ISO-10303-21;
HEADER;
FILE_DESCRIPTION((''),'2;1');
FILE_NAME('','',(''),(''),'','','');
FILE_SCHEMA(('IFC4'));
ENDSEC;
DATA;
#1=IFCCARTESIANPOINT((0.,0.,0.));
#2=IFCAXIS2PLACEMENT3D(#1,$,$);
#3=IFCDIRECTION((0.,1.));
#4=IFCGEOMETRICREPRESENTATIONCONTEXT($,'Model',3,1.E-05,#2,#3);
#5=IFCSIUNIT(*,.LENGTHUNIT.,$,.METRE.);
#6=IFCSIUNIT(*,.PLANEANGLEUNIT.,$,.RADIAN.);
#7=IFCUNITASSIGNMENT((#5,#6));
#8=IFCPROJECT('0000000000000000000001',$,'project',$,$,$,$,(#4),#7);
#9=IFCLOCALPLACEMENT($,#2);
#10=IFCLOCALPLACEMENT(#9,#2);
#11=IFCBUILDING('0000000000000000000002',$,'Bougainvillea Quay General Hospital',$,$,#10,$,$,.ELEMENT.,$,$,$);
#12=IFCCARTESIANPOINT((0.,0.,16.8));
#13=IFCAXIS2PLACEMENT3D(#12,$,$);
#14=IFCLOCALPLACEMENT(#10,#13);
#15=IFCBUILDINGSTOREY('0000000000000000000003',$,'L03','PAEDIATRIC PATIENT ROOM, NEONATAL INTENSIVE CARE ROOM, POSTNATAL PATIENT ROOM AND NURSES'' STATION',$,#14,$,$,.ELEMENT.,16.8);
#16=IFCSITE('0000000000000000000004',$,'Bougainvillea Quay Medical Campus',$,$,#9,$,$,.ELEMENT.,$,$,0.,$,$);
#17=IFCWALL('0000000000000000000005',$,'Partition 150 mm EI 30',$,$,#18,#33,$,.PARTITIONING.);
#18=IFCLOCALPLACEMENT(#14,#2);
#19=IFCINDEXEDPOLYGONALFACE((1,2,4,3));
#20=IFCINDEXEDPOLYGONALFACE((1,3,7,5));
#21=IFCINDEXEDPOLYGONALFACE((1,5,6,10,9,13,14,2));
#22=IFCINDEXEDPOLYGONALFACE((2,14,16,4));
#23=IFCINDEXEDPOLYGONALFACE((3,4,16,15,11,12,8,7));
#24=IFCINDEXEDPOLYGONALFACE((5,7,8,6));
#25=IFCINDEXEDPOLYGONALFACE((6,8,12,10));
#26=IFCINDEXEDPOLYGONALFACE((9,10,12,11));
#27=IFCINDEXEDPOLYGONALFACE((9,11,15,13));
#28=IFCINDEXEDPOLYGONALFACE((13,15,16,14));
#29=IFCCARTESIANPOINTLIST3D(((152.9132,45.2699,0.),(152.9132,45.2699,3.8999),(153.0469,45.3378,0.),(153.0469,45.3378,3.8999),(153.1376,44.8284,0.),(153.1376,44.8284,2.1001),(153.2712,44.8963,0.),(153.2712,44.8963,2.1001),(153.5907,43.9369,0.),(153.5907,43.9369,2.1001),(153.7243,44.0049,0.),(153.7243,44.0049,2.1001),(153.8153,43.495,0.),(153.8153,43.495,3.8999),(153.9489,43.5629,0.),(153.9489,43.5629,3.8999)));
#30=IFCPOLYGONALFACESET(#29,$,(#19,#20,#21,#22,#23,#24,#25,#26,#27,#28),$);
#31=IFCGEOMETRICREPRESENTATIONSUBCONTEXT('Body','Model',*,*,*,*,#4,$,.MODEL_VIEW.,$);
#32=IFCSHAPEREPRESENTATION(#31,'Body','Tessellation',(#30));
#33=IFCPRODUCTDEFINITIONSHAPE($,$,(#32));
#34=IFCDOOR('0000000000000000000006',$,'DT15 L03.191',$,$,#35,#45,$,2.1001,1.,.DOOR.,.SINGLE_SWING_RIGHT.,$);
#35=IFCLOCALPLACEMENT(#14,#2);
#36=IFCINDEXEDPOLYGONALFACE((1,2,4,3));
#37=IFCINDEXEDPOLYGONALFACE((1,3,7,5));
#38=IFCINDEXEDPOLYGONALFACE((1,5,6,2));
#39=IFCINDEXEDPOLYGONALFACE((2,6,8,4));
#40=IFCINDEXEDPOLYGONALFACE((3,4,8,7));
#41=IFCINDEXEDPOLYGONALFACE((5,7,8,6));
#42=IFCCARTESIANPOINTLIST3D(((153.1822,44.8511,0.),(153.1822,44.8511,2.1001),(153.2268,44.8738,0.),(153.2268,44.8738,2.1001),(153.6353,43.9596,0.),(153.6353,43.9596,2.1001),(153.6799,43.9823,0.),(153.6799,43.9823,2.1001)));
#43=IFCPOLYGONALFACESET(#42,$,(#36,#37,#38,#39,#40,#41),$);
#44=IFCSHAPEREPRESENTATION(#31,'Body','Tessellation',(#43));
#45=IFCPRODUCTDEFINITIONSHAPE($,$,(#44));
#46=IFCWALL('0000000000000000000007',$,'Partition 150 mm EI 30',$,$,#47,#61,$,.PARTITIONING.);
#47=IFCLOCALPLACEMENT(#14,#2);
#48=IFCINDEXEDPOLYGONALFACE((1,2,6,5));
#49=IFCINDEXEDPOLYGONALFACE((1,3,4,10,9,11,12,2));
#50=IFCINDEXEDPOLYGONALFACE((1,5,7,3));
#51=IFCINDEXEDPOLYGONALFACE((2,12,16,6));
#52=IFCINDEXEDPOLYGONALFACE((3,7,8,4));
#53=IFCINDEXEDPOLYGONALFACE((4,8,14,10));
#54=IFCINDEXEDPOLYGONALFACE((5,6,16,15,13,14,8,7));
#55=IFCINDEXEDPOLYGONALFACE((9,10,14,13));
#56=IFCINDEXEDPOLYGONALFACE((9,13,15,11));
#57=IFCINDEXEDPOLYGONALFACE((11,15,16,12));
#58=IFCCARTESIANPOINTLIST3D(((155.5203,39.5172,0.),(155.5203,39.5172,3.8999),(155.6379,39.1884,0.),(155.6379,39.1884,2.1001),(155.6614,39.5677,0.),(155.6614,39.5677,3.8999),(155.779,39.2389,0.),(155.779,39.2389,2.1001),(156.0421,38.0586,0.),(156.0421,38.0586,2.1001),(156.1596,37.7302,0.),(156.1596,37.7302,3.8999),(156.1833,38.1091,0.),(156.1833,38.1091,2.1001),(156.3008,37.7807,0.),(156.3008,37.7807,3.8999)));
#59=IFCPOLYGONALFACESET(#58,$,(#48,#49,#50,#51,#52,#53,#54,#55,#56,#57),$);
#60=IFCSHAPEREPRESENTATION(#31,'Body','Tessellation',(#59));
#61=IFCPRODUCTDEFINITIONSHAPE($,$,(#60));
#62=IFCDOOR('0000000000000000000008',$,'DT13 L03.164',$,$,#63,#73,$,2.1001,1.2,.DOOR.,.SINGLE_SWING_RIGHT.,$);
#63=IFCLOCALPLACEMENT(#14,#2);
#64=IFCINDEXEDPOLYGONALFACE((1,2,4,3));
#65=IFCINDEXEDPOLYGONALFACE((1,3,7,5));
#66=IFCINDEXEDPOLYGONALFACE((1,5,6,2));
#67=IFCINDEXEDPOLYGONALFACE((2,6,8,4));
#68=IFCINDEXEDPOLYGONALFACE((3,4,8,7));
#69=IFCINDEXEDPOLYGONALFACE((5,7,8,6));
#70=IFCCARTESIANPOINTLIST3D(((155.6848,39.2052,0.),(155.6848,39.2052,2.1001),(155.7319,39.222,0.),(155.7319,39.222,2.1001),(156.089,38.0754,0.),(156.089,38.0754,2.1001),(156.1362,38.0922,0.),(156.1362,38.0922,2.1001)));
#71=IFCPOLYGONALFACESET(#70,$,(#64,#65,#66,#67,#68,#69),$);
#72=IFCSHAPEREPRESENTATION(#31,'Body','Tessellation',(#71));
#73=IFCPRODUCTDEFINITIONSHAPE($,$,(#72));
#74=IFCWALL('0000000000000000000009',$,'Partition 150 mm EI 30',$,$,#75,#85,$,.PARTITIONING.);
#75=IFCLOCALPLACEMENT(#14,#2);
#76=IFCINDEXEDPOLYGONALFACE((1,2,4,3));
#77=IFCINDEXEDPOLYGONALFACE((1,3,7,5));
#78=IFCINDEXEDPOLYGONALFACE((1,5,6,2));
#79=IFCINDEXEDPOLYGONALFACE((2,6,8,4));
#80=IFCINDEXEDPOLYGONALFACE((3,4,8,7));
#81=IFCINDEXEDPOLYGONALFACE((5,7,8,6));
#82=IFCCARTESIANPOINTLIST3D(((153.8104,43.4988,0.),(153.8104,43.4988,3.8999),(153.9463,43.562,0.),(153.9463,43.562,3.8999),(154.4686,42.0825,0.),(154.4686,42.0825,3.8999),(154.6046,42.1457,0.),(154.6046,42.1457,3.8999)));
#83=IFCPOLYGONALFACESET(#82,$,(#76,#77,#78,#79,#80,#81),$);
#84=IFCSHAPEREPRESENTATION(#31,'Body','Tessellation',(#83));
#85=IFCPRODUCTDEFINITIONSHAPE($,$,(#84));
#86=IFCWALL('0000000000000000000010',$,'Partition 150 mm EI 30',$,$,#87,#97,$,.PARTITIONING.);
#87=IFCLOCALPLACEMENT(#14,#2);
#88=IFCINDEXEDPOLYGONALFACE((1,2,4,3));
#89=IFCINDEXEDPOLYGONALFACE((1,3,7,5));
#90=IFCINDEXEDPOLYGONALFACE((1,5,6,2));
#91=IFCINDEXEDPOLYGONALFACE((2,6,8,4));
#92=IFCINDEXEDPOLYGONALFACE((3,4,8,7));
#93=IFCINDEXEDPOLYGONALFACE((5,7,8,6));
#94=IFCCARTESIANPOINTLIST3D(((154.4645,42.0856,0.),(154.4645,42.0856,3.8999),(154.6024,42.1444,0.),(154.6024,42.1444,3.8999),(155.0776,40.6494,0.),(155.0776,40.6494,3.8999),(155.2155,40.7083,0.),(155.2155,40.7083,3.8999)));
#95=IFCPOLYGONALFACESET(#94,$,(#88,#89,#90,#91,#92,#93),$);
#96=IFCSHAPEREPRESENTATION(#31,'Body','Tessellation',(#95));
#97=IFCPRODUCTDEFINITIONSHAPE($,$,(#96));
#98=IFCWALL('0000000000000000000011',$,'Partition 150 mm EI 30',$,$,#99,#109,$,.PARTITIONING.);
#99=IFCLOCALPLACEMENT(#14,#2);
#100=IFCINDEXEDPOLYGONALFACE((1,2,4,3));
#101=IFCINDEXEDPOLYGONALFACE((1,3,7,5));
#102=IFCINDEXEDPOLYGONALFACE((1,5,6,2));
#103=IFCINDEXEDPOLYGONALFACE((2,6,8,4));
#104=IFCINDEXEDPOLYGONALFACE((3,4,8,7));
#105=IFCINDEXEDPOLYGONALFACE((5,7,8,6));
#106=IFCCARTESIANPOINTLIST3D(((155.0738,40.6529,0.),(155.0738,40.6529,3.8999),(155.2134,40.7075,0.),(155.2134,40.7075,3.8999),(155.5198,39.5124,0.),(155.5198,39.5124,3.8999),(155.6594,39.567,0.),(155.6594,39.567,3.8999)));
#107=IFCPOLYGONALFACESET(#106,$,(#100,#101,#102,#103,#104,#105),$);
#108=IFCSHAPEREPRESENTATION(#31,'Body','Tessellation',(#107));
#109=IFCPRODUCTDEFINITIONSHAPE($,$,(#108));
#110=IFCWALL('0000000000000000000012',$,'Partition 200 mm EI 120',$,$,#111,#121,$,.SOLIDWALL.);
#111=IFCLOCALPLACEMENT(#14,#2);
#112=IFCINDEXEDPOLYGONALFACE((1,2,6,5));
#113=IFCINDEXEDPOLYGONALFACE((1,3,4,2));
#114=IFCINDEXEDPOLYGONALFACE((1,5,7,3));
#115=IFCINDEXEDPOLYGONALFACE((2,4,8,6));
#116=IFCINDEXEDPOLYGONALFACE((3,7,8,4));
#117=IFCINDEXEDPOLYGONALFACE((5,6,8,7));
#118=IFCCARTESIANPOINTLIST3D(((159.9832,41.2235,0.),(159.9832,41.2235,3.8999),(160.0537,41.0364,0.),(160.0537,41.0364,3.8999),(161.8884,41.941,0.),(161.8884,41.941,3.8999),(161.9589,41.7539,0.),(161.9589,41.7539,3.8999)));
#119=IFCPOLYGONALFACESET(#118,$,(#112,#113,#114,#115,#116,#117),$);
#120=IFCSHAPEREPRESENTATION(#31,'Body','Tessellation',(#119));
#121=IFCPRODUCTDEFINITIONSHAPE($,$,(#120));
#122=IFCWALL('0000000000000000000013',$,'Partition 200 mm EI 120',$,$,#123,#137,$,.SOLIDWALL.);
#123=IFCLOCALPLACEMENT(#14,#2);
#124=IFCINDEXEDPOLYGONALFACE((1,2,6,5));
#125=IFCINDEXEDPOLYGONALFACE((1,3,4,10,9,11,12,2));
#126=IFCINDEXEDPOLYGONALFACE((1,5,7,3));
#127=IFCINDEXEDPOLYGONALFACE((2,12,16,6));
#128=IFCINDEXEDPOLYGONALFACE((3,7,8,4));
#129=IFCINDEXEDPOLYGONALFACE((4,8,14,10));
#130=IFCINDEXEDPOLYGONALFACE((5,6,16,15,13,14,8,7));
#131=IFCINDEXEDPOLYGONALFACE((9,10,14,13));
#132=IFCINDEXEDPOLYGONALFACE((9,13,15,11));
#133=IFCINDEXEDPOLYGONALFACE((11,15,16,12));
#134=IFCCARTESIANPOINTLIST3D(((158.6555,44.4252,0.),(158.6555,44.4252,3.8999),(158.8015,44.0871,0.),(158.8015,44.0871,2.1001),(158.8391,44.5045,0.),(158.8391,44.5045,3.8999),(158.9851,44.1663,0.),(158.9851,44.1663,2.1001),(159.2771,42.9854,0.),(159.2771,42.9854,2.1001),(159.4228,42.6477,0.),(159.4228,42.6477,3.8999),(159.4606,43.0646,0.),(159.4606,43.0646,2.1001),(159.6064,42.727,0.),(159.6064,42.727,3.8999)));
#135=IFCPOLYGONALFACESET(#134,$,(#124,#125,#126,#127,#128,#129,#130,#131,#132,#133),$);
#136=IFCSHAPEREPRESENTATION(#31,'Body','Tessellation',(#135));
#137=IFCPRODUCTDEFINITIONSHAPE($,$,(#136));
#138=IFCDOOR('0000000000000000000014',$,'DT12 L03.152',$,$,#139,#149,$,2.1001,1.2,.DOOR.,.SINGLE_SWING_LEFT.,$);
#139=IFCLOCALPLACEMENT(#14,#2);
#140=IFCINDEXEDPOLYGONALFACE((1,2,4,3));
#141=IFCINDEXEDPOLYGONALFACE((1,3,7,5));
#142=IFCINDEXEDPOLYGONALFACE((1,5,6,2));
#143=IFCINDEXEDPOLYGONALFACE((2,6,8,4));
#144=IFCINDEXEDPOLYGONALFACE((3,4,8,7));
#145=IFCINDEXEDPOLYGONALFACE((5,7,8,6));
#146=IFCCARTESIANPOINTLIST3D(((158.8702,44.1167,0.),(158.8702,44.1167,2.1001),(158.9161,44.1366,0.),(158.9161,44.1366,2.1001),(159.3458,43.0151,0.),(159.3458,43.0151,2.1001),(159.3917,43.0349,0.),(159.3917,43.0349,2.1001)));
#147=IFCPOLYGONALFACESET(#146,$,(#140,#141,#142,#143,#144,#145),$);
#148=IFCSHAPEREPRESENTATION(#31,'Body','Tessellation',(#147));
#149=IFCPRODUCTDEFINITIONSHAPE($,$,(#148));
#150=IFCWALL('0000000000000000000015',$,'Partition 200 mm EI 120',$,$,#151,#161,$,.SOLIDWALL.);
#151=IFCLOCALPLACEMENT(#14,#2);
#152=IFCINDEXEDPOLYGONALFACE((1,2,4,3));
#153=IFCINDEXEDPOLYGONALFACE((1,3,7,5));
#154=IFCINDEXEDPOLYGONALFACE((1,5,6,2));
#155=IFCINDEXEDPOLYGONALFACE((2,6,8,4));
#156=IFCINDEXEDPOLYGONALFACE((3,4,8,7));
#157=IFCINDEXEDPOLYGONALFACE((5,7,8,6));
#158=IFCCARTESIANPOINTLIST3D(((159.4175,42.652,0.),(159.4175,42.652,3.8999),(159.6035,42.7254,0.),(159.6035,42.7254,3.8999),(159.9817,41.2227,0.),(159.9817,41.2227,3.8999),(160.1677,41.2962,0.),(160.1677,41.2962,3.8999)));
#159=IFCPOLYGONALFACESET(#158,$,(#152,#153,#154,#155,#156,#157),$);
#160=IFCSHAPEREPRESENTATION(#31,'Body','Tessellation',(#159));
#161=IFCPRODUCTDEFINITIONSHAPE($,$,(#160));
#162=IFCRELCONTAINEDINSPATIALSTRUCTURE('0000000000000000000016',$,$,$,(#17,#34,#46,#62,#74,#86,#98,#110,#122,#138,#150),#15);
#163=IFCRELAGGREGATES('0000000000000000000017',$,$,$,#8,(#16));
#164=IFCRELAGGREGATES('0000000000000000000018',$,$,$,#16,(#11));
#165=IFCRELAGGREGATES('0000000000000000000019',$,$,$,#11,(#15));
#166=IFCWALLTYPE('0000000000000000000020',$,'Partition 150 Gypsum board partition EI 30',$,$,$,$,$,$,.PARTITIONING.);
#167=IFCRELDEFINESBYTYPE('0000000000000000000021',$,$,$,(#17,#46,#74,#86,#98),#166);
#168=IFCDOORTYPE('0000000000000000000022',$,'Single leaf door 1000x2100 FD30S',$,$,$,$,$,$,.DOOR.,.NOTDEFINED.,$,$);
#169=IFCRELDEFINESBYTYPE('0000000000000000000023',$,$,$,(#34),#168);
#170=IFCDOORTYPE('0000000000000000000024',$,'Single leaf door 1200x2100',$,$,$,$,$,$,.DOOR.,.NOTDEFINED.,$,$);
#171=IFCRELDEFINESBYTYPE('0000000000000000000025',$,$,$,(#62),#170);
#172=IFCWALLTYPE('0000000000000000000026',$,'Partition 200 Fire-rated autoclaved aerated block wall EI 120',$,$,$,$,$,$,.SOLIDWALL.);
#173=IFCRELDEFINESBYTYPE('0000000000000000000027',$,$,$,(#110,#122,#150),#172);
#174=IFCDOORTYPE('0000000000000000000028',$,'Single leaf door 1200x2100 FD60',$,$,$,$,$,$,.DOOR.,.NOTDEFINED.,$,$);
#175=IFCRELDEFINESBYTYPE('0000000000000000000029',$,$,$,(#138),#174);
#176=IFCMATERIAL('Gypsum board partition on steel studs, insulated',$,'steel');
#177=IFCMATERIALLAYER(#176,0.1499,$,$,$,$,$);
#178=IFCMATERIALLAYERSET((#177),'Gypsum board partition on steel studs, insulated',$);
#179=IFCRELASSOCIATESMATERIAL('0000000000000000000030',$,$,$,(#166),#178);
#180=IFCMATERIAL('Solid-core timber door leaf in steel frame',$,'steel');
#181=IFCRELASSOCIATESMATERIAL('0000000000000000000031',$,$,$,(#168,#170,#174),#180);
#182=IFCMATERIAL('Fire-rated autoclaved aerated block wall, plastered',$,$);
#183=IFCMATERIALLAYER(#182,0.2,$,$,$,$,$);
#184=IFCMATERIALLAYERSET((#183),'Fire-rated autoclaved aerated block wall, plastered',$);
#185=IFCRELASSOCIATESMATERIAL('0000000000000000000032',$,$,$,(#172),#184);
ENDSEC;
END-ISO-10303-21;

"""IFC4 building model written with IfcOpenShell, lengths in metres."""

from ifc_helpers import new_model, si_unit, direction, frame, frame_2d, origin, place, context, subcontext, project, spatial, rectangle, extrude, material, layer, layer_set, type_object, element, fill, save


model = new_model("IFC4")

# Units and contexts
model_context = context("Model", 3, precision=1e-05, world=origin(), true_north=direction((0.0, 1.0)))
body_context = subcontext(model_context, "Body", "Model", "MODEL_VIEW")
ifc_project = project(units=[si_unit("LENGTHUNIT", "METRE"), si_unit("PLANEANGLEUNIT", "RADIAN")], contexts=[model_context])

# Site, building, storey
site_placement = place(None, origin())
site = spatial("IfcSite", under=ifc_project, at=site_placement, Name="Bougainvillea Quay Medical Campus", CompositionType="ELEMENT", RefElevation=0.0)
building_placement = place(site_placement, origin())
building = spatial("IfcBuilding", under=site, at=building_placement, Name="Bougainvillea Quay General Hospital", CompositionType="ELEMENT")
storey_placement = place(building_placement, frame((0.0, 0.0, 16.8)))
storey = spatial("IfcBuildingStorey", under=building, at=storey_placement, Name="L03", Description="PAEDIATRIC PATIENT ROOM, NEONATAL INTENSIVE CARE ROOM, POSTNATAL PATIENT ROOM AND NURSES' STATION", CompositionType="ELEMENT", Elevation=16.8)

# Shared definitions
ifc_material_1 = material(Name="Gypsum board partition on steel studs, insulated", Category="steel")
ifc_layer_1 = layer(ifc_material_1, 0.1499)
ifc_layer_set_1 = layer_set([ifc_layer_1], Name="Gypsum board partition on steel studs, insulated")
wall_type_1 = type_object("IfcWallType", Name="Partition 150 Gypsum board partition EI 30", PredefinedType="PARTITIONING", material=ifc_layer_set_1)
ifc_material_2 = material(Name="Solid-core timber door leaf in steel frame", Category="steel")
door_type_1 = type_object("IfcDoorType", Name="Single leaf door 1000x2100 FD30S", OperationType="NOTDEFINED", PredefinedType="DOOR", material=ifc_material_2)

# Walls, openings, doors
wall_1_placement = place(storey_placement, frame((152.98, 45.304, 0.0), z_axis=(0.0, 0.0, 1.0), x_axis=(0.45309, -0.891465, 0.0)))
wall_1 = element("IfcWall", 1, at=wall_1_placement, inside=storey, type_object=wall_type_1, Name="Partition 150 mm EI 30", PredefinedType="PARTITIONING", context=body_context, shape_type="SweptSolid", body=[
    extrude(rectangle(XDim=1.991, YDim=0.1499, at=frame_2d((0.9956, 0.0))), origin(), (0.0, 0.0, 1.0), 3.8999),
])
opening_1_placement = place(wall_1_placement, frame((0.4954, 0.0, 0.0)))
opening_1 = element("IfcOpeningElement", 2, at=opening_1_placement, cuts=wall_1, PredefinedType="OPENING", context=body_context, shape_type="SweptSolid", body=[
    extrude(rectangle(XDim=1.0, YDim=2.1001, at=frame_2d((0.5, 1.05))), frame((0.0, 0.085, 0.0), z_axis=(0.0, -1.0, 0.0), x_axis=(1.0, 0.0, 0.0)), (0.0, 0.0, 1.0), 0.1699),
])
door_1_placement = place(opening_1_placement, frame((1.0, 0.0, 0.0), z_axis=(0.0, 0.0, 1.0), x_axis=(-1.0, 0.0, 0.0)))
door_1 = element("IfcDoor", 3, at=door_1_placement, inside=storey, type_object=door_type_1, Name="DT15 L03.191", OperationType="SINGLE_SWING_RIGHT", OverallHeight=2.1001, OverallWidth=1.0, PredefinedType="DOOR", context=body_context, shape_type="SweptSolid", body=[
    extrude(rectangle(XDim=1.0, YDim=2.1001, at=frame_2d((0.5, 1.05))), frame((0.0, 0.0249, 0.0), z_axis=(0.0, -1.0, 0.0), x_axis=(1.0, 0.0, 0.0)), (0.0, 0.0, 1.0), 0.05),
])
fill(opening_1, door_1)
wall_2_placement = place(storey_placement, frame((155.5908, 39.5425, 0.0), z_axis=(0.0, 0.0, 1.0), x_axis=(0.336874, -0.94155, 0.0)))
wall_2 = element("IfcWall", 4, at=wall_2_placement, inside=storey, type_object=wall_type_1, Name="Partition 150 mm EI 30", PredefinedType="PARTITIONING", context=body_context, shape_type="SweptSolid", body=[
    extrude(rectangle(XDim=1.8979, YDim=0.1499, at=frame_2d((0.949, 0.0))), origin(), (0.0, 0.0, 1.0), 3.8999),
])
opening_2_placement = place(wall_2_placement, frame((0.3491, 0.0, 0.0)))
opening_2 = element("IfcOpeningElement", 5, at=opening_2_placement, cuts=wall_2, PredefinedType="OPENING", context=body_context, shape_type="SweptSolid", body=[
    extrude(rectangle(XDim=1.2, YDim=2.1001, at=frame_2d((0.6001, 1.05))), frame((0.0, 0.085, 0.0), z_axis=(0.0, -1.0, 0.0), x_axis=(1.0, 0.0, 0.0)), (0.0, 0.0, 1.0), 0.1699),
])
door_type_2 = type_object("IfcDoorType", Name="Single leaf door 1200x2100", OperationType="NOTDEFINED", PredefinedType="DOOR", material=ifc_material_2)
door_2_placement = place(opening_2_placement, origin())
door_2 = element("IfcDoor", 6, at=door_2_placement, inside=storey, type_object=door_type_2, Name="DT13 L03.164", OperationType="SINGLE_SWING_RIGHT", OverallHeight=2.1001, OverallWidth=1.2, PredefinedType="DOOR", context=body_context, shape_type="SweptSolid", body=[
    extrude(rectangle(XDim=1.2, YDim=2.1001, at=frame_2d((0.6001, 1.05))), frame((0.0, 0.0249, 0.0), z_axis=(0.0, -1.0, 0.0), x_axis=(1.0, 0.0, 0.0)), (0.0, 0.0, 1.0), 0.05),
])
fill(opening_2, door_2)

# Walls
wall_3_placement = place(storey_placement, frame((153.8784, 43.5303, 0.0), z_axis=(0.0, 0.0, 1.0), x_axis=(0.421456, -0.906849, 0.0)))
element("IfcWall", 7, at=wall_3_placement, inside=storey, type_object=wall_type_1, Name="Partition 150 mm EI 30", PredefinedType="PARTITIONING", context=body_context, shape_type="SweptSolid", body=[
    extrude(rectangle(XDim=1.5618, YDim=0.1499, at=frame_2d((0.7808, 0.0))), origin(), (0.0, 0.0, 1.0), 3.8999),
])
wall_4_placement = place(storey_placement, frame((154.5334, 42.115, 0.0), z_axis=(0.0, 0.0, 1.0), x_axis=(0.392617, -0.919702, 0.0)))
element("IfcWall", 8, at=wall_4_placement, inside=storey, type_object=wall_type_1, Name="Partition 150 mm EI 30", PredefinedType="PARTITIONING", context=body_context, shape_type="SweptSolid", body=[
    extrude(rectangle(XDim=1.5615, YDim=0.1499, at=frame_2d((0.7808, 0.0))), origin(), (0.0, 0.0, 1.0), 3.8999),
])
wall_5_placement = place(storey_placement, frame((155.1436, 40.6802, 0.0), z_axis=(0.0, 0.0, 1.0), x_axis=(0.364264, -0.931296, 0.0)))
element("IfcWall", 9, at=wall_5_placement, inside=storey, type_object=wall_type_1, Name="Partition 150 mm EI 30", PredefinedType="PARTITIONING", context=body_context, shape_type="SweptSolid", body=[
    extrude(rectangle(XDim=1.2246, YDim=0.1499, at=frame_2d((0.6123, 0.0))), origin(), (0.0, 0.0, 1.0), 3.8999),
])
ifc_material_3 = material(Name="Fire-rated autoclaved aerated block wall, plastered")
ifc_layer_2 = layer(ifc_material_3, 0.2)
ifc_layer_set_2 = layer_set([ifc_layer_2], Name="Fire-rated autoclaved aerated block wall, plastered")
wall_type_2 = type_object("IfcWallType", Name="Partition 200 Fire-rated autoclaved aerated block wall EI 120", PredefinedType="SOLIDWALL", material=ifc_layer_set_2)
wall_6_placement = place(storey_placement, frame((160.0183, 41.1299, 0.0), z_axis=(0.0, 0.0, 1.0), x_axis=(0.935835, 0.352437, 0.0)))
element("IfcWall", 10, at=wall_6_placement, inside=storey, type_object=wall_type_2, Name="Partition 200 mm EI 120", PredefinedType="SOLIDWALL", context=body_context, shape_type="SweptSolid", body=[
    extrude(rectangle(XDim=2.0359, YDim=0.2, at=frame_2d((1.0181, 0.0))), origin(), (0.0, 0.0, 1.0), 3.8999),
])

# Wall, opening, door
wall_7_placement = place(storey_placement, frame((158.7473, 44.4648, 0.0), z_axis=(0.0, 0.0, 1.0), x_axis=(0.396322, -0.918111, 0.0)))
wall_7 = element("IfcWall", 11, at=wall_7_placement, inside=storey, type_object=wall_type_2, Name="Partition 200 mm EI 120", PredefinedType="SOLIDWALL", context=body_context, shape_type="SweptSolid", body=[
    extrude(rectangle(XDim=1.936, YDim=0.2, at=frame_2d((0.968, 0.0))), origin(), (0.0, 0.0, 1.0), 3.8999),
])
opening_3_placement = place(wall_7_placement, frame((0.3682, 0.0, 0.0)))
opening_3 = element("IfcOpeningElement", 12, at=opening_3_placement, cuts=wall_7, PredefinedType="OPENING", context=body_context, shape_type="SweptSolid", body=[
    extrude(rectangle(XDim=1.2, YDim=2.1001, at=frame_2d((0.6001, 1.05))), frame((0.0, 0.1099, 0.0), z_axis=(0.0, -1.0, 0.0), x_axis=(1.0, 0.0, 0.0)), (0.0, 0.0, 1.0), 0.22),
])
door_type_3 = type_object("IfcDoorType", Name="Single leaf door 1200x2100 FD60", OperationType="NOTDEFINED", PredefinedType="DOOR", material=ifc_material_2)
door_3_placement = place(opening_3_placement, origin())
door_3 = element("IfcDoor", 13, at=door_3_placement, inside=storey, type_object=door_type_3, Name="DT12 L03.152", OperationType="SINGLE_SWING_LEFT", OverallHeight=2.1001, OverallWidth=1.2, PredefinedType="DOOR", context=body_context, shape_type="SweptSolid", body=[
    extrude(rectangle(XDim=1.2, YDim=2.1001, at=frame_2d((0.6001, 1.05))), frame((0.0, 0.0249, 0.0), z_axis=(0.0, -1.0, 0.0), x_axis=(1.0, 0.0, 0.0)), (0.0, 0.0, 1.0), 0.05),
])
fill(opening_3, door_3)

# Wall
wall_8_placement = place(storey_placement, frame((159.5105, 42.6887, 0.0), z_axis=(0.0, 0.0, 1.0), x_axis=(0.367195, -0.930144, 0.0)))
element("IfcWall", 14, at=wall_8_placement, inside=storey, type_object=wall_type_2, Name="Partition 200 mm EI 120", PredefinedType="SOLIDWALL", context=body_context, shape_type="SweptSolid", body=[
    extrude(rectangle(XDim=1.5366, YDim=0.2, at=frame_2d((0.7683, 0.0))), origin(), (0.0, 0.0, 1.0), 3.8999),
])

save(model, "model.ifc")
